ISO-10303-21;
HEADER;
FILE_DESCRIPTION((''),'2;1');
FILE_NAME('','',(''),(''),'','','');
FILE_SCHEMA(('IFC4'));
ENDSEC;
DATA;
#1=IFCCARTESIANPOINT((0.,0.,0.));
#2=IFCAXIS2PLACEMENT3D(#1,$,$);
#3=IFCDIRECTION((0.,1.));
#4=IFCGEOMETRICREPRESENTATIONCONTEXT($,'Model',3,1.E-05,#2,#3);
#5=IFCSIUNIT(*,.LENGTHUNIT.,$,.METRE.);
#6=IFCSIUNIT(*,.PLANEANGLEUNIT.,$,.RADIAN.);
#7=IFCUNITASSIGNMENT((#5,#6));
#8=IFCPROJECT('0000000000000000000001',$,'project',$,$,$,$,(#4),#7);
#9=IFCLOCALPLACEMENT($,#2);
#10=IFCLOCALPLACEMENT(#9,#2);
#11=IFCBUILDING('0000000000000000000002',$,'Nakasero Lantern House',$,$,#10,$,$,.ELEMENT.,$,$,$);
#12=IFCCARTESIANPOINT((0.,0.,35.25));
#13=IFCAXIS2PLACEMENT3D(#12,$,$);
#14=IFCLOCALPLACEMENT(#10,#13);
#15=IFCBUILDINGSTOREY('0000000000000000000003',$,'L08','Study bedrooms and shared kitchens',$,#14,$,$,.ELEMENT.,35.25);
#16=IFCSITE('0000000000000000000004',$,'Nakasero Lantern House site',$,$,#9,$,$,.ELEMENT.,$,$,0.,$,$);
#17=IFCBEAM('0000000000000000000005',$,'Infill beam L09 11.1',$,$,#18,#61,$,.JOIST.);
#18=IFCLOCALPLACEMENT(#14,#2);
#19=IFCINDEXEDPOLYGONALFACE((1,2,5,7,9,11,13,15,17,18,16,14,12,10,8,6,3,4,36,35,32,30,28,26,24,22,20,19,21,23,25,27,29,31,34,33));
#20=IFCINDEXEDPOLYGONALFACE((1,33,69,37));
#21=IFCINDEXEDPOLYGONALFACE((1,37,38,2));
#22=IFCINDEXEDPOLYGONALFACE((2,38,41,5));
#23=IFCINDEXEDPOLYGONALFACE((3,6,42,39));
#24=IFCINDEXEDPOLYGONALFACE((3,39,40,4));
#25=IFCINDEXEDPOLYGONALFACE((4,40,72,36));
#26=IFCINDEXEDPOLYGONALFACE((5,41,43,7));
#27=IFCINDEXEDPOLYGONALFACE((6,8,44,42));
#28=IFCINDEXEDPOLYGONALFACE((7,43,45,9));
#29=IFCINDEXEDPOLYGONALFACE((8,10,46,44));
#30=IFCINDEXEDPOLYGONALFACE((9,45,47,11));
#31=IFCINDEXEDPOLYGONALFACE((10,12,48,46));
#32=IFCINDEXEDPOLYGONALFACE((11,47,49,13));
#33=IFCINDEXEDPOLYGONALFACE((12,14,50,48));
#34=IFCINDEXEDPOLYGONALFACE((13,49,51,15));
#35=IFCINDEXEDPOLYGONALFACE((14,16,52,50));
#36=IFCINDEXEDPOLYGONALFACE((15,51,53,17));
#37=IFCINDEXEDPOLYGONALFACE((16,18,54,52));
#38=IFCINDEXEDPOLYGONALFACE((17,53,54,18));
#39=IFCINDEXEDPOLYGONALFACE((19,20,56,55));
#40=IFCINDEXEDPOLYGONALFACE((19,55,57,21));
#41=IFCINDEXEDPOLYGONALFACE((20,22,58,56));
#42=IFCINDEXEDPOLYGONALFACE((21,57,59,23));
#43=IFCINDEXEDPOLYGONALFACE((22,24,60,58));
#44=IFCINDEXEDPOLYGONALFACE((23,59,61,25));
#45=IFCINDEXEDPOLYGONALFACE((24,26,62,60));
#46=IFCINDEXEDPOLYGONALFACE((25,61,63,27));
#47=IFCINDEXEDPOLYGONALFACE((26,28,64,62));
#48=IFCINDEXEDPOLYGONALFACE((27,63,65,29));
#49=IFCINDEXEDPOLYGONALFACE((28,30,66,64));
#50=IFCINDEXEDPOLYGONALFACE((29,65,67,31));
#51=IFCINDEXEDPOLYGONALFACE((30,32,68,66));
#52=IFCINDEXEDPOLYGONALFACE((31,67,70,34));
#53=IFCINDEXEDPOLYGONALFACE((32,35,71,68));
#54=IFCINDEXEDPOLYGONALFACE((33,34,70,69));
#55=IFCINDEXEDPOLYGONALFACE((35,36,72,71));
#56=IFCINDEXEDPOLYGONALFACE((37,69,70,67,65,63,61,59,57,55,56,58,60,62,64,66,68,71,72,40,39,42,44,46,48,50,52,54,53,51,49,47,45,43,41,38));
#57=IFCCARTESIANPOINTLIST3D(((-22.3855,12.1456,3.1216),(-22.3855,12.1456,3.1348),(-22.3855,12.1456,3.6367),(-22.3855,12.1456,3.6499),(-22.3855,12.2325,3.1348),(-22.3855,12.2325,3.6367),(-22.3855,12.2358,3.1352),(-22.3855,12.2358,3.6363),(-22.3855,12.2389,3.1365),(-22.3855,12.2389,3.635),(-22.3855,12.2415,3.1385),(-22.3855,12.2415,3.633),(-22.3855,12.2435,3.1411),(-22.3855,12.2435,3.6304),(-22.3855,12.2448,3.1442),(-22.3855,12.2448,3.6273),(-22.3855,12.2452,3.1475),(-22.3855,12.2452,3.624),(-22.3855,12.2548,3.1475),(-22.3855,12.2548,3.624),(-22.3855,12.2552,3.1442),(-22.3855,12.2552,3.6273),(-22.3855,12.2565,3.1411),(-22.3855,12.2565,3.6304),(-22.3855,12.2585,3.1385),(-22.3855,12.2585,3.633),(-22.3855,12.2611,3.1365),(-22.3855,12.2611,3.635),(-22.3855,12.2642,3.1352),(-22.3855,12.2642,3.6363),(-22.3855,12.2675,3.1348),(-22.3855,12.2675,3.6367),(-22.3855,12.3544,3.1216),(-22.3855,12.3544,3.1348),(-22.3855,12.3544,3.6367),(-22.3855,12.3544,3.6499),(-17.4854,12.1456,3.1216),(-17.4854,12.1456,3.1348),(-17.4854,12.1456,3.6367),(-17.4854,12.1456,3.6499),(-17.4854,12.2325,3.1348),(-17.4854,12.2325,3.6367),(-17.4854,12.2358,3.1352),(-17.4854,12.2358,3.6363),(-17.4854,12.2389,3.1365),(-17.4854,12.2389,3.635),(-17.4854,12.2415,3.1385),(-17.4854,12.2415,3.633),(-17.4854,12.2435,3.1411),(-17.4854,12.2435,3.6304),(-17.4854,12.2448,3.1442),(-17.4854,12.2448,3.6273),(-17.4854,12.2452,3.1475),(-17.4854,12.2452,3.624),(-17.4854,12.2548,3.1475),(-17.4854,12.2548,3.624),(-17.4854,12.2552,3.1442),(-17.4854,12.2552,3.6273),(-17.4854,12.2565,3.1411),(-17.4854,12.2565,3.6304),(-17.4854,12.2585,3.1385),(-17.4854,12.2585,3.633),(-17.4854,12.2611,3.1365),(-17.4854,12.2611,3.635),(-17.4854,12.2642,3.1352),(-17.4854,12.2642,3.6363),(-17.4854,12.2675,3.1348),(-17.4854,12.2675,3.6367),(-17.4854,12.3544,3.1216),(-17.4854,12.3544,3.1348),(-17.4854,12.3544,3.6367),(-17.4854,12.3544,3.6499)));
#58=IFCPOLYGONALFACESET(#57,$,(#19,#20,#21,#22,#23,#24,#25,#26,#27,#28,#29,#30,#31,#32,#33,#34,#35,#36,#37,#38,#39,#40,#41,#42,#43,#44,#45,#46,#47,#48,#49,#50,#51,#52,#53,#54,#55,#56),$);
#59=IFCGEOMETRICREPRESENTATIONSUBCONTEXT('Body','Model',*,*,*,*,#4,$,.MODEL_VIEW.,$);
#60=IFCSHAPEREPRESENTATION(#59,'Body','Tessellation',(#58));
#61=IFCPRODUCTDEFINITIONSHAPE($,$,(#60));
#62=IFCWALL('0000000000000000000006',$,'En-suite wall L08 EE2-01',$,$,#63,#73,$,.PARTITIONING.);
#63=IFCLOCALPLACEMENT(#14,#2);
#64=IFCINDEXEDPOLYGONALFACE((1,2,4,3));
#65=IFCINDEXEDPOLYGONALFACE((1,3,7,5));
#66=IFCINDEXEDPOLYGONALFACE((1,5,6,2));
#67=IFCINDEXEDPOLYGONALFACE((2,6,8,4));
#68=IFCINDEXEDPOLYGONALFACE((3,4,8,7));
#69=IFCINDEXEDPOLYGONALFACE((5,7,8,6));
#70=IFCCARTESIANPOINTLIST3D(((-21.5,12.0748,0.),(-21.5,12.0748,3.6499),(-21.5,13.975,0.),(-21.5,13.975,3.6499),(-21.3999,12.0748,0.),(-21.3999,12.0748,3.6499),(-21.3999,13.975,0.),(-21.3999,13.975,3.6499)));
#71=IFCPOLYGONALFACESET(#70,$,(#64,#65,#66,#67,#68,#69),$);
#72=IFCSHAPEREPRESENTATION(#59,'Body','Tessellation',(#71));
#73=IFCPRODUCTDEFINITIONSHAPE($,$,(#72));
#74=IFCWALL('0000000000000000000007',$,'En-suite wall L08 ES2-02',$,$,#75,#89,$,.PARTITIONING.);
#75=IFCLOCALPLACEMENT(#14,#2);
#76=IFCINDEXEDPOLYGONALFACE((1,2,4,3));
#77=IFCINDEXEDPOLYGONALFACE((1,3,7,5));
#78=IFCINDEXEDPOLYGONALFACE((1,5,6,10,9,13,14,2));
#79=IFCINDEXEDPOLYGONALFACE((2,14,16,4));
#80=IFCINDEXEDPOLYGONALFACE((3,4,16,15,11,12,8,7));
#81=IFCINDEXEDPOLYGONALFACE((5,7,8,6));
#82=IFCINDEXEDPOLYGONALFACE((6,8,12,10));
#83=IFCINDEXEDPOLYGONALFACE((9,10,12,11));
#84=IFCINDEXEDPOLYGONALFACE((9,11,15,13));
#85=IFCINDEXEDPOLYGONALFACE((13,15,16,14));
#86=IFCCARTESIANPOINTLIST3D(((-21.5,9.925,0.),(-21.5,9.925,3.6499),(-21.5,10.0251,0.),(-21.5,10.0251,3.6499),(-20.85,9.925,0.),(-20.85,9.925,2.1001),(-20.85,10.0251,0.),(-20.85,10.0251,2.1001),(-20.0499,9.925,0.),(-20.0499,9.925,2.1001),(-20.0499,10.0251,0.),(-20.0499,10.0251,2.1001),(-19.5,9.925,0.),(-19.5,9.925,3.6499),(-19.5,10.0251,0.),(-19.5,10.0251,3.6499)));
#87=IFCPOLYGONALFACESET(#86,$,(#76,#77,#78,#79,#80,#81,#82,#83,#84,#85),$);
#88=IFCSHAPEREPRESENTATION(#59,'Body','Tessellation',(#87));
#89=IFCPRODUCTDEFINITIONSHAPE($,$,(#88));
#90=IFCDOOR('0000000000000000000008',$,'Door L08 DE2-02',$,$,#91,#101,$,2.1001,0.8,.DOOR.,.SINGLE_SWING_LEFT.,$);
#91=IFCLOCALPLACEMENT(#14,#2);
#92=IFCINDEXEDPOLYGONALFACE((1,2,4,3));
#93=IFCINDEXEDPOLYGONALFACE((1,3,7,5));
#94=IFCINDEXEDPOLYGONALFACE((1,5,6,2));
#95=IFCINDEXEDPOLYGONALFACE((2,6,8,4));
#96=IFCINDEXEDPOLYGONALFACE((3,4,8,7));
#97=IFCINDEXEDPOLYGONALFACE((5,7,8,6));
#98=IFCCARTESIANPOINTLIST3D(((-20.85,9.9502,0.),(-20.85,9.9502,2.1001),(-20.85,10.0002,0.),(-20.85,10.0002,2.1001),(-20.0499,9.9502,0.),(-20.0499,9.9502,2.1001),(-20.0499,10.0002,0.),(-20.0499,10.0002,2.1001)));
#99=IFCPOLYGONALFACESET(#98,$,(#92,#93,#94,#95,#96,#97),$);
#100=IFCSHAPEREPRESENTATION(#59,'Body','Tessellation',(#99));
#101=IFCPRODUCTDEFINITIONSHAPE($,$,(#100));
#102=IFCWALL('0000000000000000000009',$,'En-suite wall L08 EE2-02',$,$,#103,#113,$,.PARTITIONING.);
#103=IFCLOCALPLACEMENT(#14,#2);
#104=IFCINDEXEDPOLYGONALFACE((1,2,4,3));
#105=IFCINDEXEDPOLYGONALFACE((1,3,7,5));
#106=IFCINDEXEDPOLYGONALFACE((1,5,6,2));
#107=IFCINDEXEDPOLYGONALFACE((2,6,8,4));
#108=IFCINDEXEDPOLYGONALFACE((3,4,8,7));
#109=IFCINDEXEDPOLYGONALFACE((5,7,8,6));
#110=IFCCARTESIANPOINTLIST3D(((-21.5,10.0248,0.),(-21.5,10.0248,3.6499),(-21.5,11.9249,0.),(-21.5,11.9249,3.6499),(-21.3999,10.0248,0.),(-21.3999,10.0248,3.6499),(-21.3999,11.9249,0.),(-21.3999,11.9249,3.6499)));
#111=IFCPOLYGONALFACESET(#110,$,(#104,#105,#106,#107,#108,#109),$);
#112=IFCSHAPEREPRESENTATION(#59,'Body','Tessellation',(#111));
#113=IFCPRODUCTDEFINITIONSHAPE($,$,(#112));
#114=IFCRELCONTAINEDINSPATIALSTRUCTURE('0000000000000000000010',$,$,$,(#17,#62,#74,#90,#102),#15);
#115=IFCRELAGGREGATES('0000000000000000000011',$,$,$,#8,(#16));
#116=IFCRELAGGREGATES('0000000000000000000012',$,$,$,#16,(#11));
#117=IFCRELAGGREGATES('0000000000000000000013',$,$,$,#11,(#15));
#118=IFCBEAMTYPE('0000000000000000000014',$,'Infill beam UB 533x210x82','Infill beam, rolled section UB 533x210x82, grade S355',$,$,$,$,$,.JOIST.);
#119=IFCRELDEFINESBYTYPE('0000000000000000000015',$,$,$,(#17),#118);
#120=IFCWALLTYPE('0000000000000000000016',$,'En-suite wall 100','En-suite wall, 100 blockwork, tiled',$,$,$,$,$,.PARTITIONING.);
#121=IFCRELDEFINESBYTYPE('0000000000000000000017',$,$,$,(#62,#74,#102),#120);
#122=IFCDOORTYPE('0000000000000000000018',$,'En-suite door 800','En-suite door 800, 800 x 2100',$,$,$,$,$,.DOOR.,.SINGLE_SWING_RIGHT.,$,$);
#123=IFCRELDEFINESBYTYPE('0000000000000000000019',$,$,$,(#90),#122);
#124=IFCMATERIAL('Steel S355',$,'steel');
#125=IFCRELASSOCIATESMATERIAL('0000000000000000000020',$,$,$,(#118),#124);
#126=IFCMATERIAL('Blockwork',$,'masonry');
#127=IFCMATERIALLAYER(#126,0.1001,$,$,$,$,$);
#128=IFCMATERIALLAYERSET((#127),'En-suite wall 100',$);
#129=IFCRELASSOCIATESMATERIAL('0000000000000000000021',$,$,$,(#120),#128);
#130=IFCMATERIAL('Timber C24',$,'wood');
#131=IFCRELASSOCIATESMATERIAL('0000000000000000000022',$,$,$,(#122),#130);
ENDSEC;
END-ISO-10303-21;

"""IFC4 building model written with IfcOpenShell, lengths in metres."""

from ifc_helpers import new_model, si_unit, direction, frame, frame_2d, origin, origin_2d, place, context, subcontext, project, spatial, rectangle, i_section, extrude, material, layer, layer_set, material_profile, profile_set, type_object, element, fill, save


model = new_model("IFC4")

# Units and contexts
model_context = context("Model", 3, precision=1e-05, world=origin(), true_north=direction((0.0, 1.0)))
body_context = subcontext(model_context, "Body", "Model", "MODEL_VIEW")
ifc_project = project(units=[si_unit("LENGTHUNIT", "METRE"), si_unit("PLANEANGLEUNIT", "RADIAN")], contexts=[model_context])

# Site, building, storey
site_placement = place(None, origin())
site = spatial("IfcSite", under=ifc_project, at=site_placement, Name="Nakasero Lantern House site", CompositionType="ELEMENT", RefElevation=0.0)
building_placement = place(site_placement, origin())
building = spatial("IfcBuilding", under=site, at=building_placement, Name="Nakasero Lantern House", CompositionType="ELEMENT")
storey_placement = place(building_placement, frame((0.0, 0.0, 35.25)))
storey = spatial("IfcBuildingStorey", under=building, at=storey_placement, Name="L08", Description="Study bedrooms and shared kitchens", CompositionType="ELEMENT", Elevation=35.25)

# Beam
ifc_material_1 = material(Name="Steel S355", Category="steel")
ifc_material_profile = material_profile(ifc_material_1, i_section(OverallWidth=0.2087, OverallDepth=0.5283, WebThickness=0.0095, FlangeThickness=0.0132, FilletRadius=0.0127, at=origin_2d()), Name="UB 533x210x82")
ifc_profile_set = profile_set([ifc_material_profile], Name="Steel S355")
beam_type = type_object("IfcBeamType", Name="Infill beam UB 533x210x82", Description="Infill beam, rolled section UB 533x210x82, grade S355", PredefinedType="JOIST", material=ifc_profile_set)
beam_placement = place(storey_placement, frame((-22.3855, 12.25, 3.3857), z_axis=(1.0, 0.0, 0.0), x_axis=(0.0, 1.0, 0.0)))
element("IfcBeam", 1, at=beam_placement, inside=storey, type_object=beam_type, Name="Infill beam L09 11.1", PredefinedType="JOIST", context=body_context, shape_type="SweptSolid", body=[
    extrude(i_section(OverallWidth=0.2087, OverallDepth=0.5283, WebThickness=0.0095, FlangeThickness=0.0132, FilletRadius=0.0127, at=origin_2d()), origin(), (0.0, 0.0, 1.0), 4.9001),
])

# Wall
ifc_material_2 = material(Name="Blockwork", Category="masonry")
ifc_layer_1 = layer(ifc_material_2, 0.1001)
ifc_layer_set_1 = layer_set([ifc_layer_1], Name="En-suite wall 100")
wall_type_1 = type_object("IfcWallType", Name="En-suite wall 100", Description="En-suite wall, 100 blockwork, tiled", PredefinedType="PARTITIONING", material=ifc_layer_set_1)
wall_1_placement = place(storey_placement, frame((-21.45, 13.9751, 0.0), z_axis=(0.0, 0.0, 1.0), x_axis=(0.0, -1.0, 0.0)))
element("IfcWall", 2, at=wall_1_placement, inside=storey, type_object=wall_type_1, Name="En-suite wall L08 EE2-01", PredefinedType="PARTITIONING", context=body_context, shape_type="SweptSolid", body=[
    extrude(rectangle(XDim=1.9001, YDim=0.1001, at=frame_2d((0.9502, 0.0))), origin(), (0.0, 0.0, 1.0), 3.6499),
])

# Wall, opening, door
wall_2_placement = place(storey_placement, frame((-19.5, 9.9751, 0.0), z_axis=(0.0, 0.0, 1.0), x_axis=(-1.0, 0.0, 0.0)))
wall_2 = element("IfcWall", 3, at=wall_2_placement, inside=storey, type_object=wall_type_1, Name="En-suite wall L08 ES2-02", PredefinedType="PARTITIONING", context=body_context, shape_type="SweptSolid", body=[
    extrude(rectangle(XDim=2.0, YDim=0.1001, at=frame_2d((1.0, 0.0))), origin(), (0.0, 0.0, 1.0), 3.6499),
])
opening_1_placement = place(wall_2_placement, frame((0.55, 0.0, 0.0)))
opening_1 = element("IfcOpeningElement", 4, at=opening_1_placement, cuts=wall_2, PredefinedType="OPENING", context=body_context, shape_type="SweptSolid", body=[
    extrude(rectangle(XDim=0.8, YDim=2.1001, at=frame_2d((0.3999, 1.05))), frame((0.0, 0.0701, 0.0), z_axis=(0.0, -1.0, 0.0), x_axis=(1.0, 0.0, 0.0)), (0.0, 0.0, 1.0), 0.1401),
])
ifc_material_3 = material(Name="Timber C24", Category="wood")
door_type_1 = type_object("IfcDoorType", Name="En-suite door 800", Description="En-suite door 800, 800 x 2100", OperationType="SINGLE_SWING_RIGHT", PredefinedType="DOOR", material=ifc_material_3)
door_1_placement = place(opening_1_placement, origin())
door_1 = element("IfcDoor", 5, at=door_1_placement, inside=storey, type_object=door_type_1, Name="Door L08 DE2-02", OperationType="SINGLE_SWING_LEFT", OverallHeight=2.1001, OverallWidth=0.8, PredefinedType="DOOR", context=body_context, shape_type="SweptSolid", body=[
    extrude(rectangle(XDim=0.8, YDim=2.1001, at=frame_2d((0.3999, 1.05))), frame((0.0, 0.0249, 0.0), z_axis=(0.0, -1.0, 0.0), x_axis=(1.0, 0.0, 0.0)), (0.0, 0.0, 1.0), 0.05),
])
fill(opening_1, door_1)

# Wall
wall_3_placement = place(storey_placement, frame((-21.45, 11.925, 0.0), z_axis=(0.0, 0.0, 1.0), x_axis=(0.0, -1.0, 0.0)))
element("IfcWall", 6, at=wall_3_placement, inside=storey, type_object=wall_type_1, Name="En-suite wall L08 EE2-02", PredefinedType="PARTITIONING", context=body_context, shape_type="SweptSolid", body=[
    extrude(rectangle(XDim=1.9001, YDim=0.1001, at=frame_2d((0.9502, 0.0))), origin(), (0.0, 0.0, 1.0), 3.6499),
])

save(model, "model.ifc")
